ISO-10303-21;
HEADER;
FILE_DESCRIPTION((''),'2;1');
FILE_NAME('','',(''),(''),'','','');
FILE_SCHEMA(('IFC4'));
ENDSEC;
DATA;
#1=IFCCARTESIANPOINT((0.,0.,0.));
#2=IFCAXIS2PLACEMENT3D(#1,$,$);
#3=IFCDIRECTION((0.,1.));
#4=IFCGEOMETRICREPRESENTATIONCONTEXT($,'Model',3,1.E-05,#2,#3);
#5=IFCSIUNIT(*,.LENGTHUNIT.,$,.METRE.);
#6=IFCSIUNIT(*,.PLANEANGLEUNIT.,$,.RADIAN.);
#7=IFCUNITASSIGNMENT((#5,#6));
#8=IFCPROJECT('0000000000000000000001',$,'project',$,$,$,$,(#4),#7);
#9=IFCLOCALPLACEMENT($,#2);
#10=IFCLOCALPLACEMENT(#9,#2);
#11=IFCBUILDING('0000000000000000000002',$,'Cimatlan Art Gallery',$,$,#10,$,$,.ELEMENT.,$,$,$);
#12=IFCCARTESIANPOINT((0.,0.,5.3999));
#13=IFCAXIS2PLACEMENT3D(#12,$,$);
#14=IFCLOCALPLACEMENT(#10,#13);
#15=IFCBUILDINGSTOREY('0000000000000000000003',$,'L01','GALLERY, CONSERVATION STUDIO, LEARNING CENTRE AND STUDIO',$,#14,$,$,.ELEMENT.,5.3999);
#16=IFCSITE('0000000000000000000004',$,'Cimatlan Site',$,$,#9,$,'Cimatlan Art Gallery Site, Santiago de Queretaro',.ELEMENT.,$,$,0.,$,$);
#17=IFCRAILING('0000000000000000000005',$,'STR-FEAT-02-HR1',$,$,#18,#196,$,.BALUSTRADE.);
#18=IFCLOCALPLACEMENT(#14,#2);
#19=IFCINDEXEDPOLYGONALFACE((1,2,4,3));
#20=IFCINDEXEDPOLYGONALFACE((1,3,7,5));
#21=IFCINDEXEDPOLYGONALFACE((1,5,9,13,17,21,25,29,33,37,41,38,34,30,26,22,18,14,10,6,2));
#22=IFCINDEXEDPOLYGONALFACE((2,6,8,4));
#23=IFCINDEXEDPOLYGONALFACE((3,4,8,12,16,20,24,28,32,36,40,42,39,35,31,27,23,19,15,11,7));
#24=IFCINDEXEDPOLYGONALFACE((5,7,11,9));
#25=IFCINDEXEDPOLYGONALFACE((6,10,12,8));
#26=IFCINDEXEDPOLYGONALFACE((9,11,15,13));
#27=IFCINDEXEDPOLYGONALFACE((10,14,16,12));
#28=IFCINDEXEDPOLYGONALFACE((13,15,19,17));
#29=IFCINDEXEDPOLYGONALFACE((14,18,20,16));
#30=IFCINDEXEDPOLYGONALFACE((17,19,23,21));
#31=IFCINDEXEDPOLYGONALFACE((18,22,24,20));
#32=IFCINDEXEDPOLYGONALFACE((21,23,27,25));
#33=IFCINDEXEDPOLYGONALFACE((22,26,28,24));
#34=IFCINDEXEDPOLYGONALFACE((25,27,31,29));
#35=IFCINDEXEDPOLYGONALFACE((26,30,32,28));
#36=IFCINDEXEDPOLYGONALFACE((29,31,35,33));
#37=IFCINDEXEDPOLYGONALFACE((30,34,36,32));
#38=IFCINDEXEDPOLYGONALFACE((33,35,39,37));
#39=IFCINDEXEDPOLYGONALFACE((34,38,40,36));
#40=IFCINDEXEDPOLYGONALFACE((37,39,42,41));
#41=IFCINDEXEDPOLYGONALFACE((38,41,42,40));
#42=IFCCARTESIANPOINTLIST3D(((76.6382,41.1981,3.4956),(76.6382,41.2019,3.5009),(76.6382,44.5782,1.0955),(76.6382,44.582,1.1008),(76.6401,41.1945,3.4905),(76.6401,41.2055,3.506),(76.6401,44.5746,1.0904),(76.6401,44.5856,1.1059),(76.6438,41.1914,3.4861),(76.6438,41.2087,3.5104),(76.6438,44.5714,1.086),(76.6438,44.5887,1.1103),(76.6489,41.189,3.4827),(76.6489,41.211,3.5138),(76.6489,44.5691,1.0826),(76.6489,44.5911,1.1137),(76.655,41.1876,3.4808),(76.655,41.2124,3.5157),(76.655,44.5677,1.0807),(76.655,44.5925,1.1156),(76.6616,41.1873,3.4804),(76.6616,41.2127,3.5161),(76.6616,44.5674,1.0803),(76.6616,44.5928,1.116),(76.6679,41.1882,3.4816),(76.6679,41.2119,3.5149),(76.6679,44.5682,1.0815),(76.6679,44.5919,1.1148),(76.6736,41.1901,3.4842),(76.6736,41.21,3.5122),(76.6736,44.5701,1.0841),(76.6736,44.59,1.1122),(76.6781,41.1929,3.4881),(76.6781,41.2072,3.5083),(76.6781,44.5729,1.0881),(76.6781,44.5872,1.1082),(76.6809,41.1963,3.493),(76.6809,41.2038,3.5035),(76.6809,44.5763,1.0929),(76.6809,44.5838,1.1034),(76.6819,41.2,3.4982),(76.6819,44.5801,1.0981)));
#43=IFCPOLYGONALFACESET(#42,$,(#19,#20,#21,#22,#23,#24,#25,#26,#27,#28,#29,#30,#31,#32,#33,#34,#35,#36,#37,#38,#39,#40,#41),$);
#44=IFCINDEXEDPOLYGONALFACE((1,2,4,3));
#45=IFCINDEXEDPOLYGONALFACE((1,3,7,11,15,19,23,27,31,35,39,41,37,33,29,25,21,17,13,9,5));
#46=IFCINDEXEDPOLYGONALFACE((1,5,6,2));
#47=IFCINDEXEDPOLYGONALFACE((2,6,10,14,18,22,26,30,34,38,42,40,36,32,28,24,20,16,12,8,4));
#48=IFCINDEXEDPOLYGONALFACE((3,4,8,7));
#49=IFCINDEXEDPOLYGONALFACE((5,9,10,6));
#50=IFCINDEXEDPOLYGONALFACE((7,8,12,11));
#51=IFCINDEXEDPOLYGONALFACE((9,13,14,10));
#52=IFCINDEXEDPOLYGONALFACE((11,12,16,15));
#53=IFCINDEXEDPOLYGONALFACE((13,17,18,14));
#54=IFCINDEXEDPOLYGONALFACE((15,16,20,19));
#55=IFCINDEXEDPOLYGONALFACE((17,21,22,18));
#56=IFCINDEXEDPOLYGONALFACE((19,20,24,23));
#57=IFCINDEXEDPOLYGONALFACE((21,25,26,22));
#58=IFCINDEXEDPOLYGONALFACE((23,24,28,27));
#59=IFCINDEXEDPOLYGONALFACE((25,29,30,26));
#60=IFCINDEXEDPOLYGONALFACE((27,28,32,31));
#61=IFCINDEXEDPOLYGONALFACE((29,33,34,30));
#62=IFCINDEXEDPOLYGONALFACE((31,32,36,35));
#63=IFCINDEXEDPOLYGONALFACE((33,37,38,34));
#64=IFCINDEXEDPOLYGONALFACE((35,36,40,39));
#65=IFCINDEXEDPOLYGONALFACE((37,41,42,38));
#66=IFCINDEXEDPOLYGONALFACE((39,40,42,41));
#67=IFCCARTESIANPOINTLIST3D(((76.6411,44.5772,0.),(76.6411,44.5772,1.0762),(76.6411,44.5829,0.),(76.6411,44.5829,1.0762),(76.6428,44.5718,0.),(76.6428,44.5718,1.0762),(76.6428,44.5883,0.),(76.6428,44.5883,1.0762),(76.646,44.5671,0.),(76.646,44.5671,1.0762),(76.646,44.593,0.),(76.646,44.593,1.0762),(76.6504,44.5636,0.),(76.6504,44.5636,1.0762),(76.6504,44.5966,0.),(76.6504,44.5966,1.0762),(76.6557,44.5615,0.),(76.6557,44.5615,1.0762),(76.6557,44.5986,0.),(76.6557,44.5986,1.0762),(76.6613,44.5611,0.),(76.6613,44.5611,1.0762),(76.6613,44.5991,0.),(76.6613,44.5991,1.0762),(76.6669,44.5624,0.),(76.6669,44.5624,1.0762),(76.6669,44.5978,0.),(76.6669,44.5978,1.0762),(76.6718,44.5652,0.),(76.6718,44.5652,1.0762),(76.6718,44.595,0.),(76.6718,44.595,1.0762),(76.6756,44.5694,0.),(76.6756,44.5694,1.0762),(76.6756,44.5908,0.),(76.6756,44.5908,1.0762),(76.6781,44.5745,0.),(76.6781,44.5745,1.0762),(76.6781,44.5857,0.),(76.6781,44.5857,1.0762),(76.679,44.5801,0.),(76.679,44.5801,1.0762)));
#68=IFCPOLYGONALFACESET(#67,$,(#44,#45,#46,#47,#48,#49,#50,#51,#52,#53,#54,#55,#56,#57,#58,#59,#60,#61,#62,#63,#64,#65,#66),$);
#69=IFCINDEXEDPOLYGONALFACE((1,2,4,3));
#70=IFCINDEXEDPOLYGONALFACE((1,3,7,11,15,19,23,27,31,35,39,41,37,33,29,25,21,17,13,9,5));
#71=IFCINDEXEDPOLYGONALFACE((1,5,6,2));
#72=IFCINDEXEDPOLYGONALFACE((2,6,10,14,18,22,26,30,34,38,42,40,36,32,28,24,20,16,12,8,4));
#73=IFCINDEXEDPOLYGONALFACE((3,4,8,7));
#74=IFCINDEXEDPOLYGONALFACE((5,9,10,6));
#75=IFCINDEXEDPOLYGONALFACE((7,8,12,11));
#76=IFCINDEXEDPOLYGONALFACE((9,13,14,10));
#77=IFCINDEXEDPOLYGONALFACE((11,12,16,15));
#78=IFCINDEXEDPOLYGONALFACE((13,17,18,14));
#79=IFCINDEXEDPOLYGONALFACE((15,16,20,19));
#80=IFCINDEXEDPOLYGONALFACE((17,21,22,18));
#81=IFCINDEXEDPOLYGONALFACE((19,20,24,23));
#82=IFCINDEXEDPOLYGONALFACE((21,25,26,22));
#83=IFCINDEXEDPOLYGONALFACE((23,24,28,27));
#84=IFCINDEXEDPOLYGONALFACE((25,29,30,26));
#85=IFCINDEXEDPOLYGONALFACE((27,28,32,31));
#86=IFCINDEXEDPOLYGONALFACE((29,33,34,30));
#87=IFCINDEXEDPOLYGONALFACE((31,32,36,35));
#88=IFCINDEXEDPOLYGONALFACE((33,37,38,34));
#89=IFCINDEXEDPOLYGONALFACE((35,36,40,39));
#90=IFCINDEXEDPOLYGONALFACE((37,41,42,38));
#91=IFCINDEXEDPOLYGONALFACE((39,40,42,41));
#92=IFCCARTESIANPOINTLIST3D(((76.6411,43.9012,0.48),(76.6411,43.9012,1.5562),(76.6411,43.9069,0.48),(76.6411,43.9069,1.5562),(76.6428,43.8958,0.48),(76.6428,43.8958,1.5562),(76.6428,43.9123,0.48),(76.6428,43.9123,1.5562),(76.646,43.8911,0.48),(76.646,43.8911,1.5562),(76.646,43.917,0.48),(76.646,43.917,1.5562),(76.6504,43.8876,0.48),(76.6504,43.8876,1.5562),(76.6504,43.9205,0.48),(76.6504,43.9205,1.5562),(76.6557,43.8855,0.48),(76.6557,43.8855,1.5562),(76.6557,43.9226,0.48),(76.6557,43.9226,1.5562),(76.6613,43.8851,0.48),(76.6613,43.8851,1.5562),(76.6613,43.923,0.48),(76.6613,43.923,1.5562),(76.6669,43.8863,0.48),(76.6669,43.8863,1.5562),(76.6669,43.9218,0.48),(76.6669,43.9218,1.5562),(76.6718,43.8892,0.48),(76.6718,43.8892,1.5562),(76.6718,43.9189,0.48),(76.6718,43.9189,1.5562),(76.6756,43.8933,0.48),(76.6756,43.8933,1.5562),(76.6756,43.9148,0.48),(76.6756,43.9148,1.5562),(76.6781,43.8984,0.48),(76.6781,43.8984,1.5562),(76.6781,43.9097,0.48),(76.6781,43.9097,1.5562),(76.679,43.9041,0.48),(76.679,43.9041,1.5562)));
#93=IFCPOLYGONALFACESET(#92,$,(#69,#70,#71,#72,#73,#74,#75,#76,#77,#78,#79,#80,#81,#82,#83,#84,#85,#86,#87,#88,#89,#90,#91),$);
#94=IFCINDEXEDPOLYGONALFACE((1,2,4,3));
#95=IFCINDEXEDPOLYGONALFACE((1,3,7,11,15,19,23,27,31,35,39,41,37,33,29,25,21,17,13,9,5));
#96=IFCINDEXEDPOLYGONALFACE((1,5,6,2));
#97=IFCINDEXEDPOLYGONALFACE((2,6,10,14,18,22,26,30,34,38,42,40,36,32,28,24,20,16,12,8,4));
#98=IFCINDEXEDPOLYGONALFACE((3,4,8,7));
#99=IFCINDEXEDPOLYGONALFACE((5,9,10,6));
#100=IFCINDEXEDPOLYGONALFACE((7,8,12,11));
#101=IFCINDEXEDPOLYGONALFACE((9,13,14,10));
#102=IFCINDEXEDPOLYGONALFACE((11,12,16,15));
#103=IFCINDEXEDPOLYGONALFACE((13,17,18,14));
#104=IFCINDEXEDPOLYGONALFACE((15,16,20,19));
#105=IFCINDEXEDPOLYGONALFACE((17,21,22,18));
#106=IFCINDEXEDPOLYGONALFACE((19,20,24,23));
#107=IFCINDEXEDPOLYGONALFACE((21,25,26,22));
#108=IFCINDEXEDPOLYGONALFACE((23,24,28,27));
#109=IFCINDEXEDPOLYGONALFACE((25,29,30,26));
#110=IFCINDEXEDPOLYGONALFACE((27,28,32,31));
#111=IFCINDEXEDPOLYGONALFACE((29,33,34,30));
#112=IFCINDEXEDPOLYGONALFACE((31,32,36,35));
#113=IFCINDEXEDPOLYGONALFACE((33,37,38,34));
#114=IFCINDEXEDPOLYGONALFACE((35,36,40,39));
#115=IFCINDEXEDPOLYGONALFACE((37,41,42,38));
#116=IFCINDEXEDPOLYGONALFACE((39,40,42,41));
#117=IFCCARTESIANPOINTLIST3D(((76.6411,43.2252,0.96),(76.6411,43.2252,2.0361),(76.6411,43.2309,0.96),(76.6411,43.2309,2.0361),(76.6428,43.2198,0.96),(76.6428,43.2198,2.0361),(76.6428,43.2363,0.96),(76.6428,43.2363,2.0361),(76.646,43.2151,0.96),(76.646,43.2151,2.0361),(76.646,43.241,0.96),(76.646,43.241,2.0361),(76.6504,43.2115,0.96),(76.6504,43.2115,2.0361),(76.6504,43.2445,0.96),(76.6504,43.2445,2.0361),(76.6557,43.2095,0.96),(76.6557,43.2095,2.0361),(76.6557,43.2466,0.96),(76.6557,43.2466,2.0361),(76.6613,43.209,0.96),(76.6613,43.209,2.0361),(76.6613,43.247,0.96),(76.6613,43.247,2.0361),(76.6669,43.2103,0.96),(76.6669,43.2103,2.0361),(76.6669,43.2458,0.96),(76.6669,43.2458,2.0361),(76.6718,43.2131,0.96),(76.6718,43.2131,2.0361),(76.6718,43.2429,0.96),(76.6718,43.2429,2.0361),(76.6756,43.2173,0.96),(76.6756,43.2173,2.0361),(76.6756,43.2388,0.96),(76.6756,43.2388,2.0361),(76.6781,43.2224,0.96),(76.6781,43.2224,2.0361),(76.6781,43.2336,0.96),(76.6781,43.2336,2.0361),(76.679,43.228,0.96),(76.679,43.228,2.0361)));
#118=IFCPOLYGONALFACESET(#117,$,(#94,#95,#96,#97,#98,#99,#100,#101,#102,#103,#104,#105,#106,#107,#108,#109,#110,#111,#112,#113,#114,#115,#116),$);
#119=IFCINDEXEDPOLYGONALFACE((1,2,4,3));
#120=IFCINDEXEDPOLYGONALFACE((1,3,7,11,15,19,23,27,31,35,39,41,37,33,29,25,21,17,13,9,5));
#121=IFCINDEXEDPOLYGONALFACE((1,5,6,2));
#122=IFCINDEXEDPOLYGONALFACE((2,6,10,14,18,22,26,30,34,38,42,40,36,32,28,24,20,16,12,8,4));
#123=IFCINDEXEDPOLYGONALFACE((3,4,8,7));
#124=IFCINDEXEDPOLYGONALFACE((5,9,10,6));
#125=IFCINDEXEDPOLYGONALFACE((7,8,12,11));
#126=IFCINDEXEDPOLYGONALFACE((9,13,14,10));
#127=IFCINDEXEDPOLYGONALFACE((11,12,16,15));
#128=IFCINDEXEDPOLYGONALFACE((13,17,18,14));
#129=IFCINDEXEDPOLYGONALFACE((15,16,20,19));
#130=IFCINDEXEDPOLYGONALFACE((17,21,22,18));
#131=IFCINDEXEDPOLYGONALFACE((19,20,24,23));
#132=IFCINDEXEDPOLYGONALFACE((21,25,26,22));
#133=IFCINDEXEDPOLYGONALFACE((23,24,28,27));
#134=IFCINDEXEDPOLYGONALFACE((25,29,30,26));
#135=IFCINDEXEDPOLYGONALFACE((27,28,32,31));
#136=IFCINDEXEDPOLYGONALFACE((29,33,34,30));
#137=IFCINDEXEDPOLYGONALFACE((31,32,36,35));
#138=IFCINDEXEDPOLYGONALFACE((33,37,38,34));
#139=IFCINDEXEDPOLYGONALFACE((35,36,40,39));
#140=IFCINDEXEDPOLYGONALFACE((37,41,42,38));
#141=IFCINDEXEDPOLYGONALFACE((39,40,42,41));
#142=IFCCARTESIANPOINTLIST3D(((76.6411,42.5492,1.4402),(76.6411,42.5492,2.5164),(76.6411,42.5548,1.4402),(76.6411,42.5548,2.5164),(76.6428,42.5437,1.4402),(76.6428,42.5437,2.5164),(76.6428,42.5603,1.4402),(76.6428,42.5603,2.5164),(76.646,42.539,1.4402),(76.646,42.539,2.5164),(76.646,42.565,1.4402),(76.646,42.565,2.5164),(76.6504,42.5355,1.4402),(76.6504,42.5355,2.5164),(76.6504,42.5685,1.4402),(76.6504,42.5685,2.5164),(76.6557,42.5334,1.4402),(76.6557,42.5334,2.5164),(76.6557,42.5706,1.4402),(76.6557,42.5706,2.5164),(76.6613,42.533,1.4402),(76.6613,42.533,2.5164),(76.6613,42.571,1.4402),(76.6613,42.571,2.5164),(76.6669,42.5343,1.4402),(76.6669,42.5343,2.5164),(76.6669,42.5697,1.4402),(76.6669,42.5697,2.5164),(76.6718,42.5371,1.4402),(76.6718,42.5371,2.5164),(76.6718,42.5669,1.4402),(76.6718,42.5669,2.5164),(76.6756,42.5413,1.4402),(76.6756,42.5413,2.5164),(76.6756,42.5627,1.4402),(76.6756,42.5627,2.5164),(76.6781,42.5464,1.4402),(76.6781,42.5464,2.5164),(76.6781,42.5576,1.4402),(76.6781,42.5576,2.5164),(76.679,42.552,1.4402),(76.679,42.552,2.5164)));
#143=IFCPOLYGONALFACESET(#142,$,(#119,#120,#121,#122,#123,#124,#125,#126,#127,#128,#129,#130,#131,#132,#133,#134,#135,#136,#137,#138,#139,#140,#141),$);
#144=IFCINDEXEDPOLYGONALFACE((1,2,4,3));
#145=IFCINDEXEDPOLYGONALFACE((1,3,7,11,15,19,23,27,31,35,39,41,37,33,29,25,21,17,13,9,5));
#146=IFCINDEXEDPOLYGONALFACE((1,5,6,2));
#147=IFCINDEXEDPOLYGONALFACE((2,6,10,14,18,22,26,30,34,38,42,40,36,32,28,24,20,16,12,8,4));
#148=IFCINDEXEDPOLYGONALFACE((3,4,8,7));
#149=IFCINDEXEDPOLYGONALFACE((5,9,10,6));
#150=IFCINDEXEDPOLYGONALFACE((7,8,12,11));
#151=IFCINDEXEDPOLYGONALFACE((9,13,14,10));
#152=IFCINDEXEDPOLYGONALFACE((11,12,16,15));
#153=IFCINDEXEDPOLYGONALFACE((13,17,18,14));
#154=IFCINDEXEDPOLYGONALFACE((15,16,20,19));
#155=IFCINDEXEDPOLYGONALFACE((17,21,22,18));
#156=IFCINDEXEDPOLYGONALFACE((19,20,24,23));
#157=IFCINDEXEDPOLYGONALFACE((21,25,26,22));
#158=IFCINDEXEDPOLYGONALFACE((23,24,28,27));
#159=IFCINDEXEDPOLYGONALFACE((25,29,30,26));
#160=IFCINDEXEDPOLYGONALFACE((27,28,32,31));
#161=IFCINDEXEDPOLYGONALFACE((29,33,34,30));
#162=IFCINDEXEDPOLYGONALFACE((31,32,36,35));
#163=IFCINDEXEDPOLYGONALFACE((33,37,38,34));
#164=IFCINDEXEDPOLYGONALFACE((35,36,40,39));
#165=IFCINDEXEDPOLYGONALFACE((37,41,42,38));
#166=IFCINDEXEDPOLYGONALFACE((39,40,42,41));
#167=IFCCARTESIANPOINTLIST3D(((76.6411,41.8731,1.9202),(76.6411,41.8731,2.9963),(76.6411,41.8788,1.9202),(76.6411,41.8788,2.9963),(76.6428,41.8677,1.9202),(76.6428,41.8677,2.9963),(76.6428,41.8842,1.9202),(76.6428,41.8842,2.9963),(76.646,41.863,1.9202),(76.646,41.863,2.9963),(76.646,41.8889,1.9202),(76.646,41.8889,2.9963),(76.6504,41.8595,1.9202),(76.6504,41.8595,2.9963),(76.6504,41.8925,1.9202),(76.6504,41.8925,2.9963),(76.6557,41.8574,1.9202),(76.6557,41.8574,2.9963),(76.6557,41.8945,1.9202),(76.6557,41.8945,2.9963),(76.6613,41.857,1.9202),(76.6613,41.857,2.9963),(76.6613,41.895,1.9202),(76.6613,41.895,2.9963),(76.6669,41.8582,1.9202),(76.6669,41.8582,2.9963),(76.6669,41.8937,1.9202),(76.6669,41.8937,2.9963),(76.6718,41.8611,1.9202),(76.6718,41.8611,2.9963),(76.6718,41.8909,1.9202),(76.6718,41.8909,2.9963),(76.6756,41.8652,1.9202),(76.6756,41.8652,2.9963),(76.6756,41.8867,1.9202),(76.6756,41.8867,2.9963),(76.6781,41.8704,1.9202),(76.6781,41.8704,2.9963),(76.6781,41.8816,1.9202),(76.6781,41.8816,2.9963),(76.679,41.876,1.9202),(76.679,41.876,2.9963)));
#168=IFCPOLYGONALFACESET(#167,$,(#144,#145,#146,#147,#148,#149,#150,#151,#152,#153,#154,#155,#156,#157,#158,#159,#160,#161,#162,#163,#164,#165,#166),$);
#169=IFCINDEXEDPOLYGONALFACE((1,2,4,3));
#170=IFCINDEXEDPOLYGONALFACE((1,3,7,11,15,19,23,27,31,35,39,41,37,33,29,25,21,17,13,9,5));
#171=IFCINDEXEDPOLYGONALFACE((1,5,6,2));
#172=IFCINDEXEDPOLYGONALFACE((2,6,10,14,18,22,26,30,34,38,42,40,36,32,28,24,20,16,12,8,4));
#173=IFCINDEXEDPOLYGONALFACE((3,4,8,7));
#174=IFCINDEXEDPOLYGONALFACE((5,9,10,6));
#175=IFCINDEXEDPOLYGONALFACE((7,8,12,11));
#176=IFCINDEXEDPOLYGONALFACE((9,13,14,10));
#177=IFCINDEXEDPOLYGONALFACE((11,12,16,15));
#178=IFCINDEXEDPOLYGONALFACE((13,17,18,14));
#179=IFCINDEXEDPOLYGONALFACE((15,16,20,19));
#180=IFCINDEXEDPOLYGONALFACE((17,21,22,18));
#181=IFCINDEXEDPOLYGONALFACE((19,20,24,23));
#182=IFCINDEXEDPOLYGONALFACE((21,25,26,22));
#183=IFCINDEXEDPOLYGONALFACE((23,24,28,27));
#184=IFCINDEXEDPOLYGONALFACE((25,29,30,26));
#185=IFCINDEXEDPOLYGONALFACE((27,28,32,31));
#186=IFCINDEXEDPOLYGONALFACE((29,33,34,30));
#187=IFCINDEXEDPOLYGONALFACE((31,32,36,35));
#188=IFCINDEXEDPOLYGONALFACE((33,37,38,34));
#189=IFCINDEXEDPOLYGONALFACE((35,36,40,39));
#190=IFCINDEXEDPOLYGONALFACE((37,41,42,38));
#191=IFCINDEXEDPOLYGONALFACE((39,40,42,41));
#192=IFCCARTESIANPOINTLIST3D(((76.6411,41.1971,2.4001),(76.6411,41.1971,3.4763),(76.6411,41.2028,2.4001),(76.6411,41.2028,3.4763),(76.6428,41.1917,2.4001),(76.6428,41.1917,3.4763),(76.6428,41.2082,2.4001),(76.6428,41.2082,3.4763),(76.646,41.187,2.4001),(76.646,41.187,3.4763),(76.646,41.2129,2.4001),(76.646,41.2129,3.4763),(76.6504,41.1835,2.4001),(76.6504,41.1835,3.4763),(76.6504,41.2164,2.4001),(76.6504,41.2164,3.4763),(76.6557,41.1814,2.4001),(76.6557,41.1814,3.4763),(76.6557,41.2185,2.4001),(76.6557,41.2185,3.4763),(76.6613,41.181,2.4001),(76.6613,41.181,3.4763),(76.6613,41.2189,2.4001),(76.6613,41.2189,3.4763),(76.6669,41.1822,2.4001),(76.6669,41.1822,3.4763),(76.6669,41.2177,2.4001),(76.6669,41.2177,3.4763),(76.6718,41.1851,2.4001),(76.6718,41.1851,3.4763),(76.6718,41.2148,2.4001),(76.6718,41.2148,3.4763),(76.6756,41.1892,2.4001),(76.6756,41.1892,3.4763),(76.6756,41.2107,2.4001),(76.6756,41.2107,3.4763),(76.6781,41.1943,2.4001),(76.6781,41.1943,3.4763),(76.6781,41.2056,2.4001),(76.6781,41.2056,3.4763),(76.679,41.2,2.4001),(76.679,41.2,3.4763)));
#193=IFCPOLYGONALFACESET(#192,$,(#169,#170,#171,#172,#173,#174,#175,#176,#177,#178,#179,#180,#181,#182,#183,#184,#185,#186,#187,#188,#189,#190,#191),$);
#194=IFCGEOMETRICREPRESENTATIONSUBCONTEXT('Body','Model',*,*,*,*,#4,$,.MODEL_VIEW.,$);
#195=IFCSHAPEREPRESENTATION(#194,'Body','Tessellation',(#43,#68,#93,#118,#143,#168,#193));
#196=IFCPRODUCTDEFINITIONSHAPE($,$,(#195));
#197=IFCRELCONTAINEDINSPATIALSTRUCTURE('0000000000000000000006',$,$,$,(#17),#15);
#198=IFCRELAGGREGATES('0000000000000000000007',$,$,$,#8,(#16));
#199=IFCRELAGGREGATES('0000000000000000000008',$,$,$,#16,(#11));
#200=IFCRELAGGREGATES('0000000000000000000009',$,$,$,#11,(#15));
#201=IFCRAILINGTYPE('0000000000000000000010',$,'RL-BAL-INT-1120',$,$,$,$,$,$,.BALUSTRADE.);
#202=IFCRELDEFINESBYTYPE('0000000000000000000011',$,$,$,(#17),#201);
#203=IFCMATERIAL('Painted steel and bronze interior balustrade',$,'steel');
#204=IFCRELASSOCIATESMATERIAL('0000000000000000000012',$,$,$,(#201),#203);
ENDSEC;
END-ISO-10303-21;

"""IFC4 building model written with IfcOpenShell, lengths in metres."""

from ifc_helpers import new_model, si_unit, direction, frame, origin, origin_2d, place, context, subcontext, project, spatial, circle, extrude, material, type_object, element, save


model = new_model("IFC4")

# Units and contexts
model_context = context("Model", 3, precision=1e-05, world=origin(), true_north=direction((0.0, 1.0)))
body_context = subcontext(model_context, "Body", "Model", "MODEL_VIEW")
ifc_project = project(units=[si_unit("LENGTHUNIT", "METRE"), si_unit("PLANEANGLEUNIT", "RADIAN")], contexts=[model_context])

# Site, building, storey
site_placement = place(None, origin())
site = spatial("IfcSite", under=ifc_project, at=site_placement, Name="Cimatlan Site", LongName="Cimatlan Art Gallery Site, Santiago de Queretaro", CompositionType="ELEMENT", RefElevation=0.0)
building_placement = place(site_placement, origin())
building = spatial("IfcBuilding", under=site, at=building_placement, Name="Cimatlan Art Gallery", CompositionType="ELEMENT")
storey_placement = place(building_placement, frame((0.0, 0.0, 5.3999)))
storey = spatial("IfcBuildingStorey", under=building, at=storey_placement, Name="L01", Description="GALLERY, CONSERVATION STUDIO, LEARNING CENTRE AND STUDIO", CompositionType="ELEMENT", Elevation=5.3999)

# Railing
ifc_material_1 = material(Name="Painted steel and bronze interior balustrade", Category="steel")
railing_type = type_object("IfcRailingType", Name="RL-BAL-INT-1120", PredefinedType="BALUSTRADE", material=ifc_material_1)
railing_1_placement = place(storey_placement, frame((76.6599, 44.5801, 0.0)))
element("IfcRailing", 1, at=railing_1_placement, inside=storey, type_object=railing_type, Name="STR-FEAT-02-HR1", PredefinedType="BALUSTRADE", context=body_context, shape_type="SweptSolid", body=[
    extrude(circle(Radius=0.022, at=origin_2d()), frame((0.0, 0.0, 1.0981), z_axis=(0.0, -0.815354, 0.578963), x_axis=(1.0, 0.0, 0.0)), (0.0, 0.0, 1.0), 4.1455),
    extrude(circle(Radius=0.019, at=origin_2d()), origin(), (0.0, 0.0, 1.0), 1.0762),
    extrude(circle(Radius=0.019, at=origin_2d()), frame((0.0, -0.676, 0.48)), (0.0, 0.0, 1.0), 1.0762),
    extrude(circle(Radius=0.019, at=origin_2d()), frame((0.0, -1.3521, 0.96)), (0.0, 0.0, 1.0), 1.0762),
    extrude(circle(Radius=0.019, at=origin_2d()), frame((0.0, -2.0281, 1.4402)), (0.0, 0.0, 1.0), 1.0762),
    extrude(circle(Radius=0.019, at=origin_2d()), frame((0.0, -2.7041, 1.9202)), (0.0, 0.0, 1.0), 1.0762),
    extrude(circle(Radius=0.019, at=origin_2d()), frame((0.0, -3.3801, 2.4001)), (0.0, 0.0, 1.0), 1.0762),
])

save(model, "model.ifc")
